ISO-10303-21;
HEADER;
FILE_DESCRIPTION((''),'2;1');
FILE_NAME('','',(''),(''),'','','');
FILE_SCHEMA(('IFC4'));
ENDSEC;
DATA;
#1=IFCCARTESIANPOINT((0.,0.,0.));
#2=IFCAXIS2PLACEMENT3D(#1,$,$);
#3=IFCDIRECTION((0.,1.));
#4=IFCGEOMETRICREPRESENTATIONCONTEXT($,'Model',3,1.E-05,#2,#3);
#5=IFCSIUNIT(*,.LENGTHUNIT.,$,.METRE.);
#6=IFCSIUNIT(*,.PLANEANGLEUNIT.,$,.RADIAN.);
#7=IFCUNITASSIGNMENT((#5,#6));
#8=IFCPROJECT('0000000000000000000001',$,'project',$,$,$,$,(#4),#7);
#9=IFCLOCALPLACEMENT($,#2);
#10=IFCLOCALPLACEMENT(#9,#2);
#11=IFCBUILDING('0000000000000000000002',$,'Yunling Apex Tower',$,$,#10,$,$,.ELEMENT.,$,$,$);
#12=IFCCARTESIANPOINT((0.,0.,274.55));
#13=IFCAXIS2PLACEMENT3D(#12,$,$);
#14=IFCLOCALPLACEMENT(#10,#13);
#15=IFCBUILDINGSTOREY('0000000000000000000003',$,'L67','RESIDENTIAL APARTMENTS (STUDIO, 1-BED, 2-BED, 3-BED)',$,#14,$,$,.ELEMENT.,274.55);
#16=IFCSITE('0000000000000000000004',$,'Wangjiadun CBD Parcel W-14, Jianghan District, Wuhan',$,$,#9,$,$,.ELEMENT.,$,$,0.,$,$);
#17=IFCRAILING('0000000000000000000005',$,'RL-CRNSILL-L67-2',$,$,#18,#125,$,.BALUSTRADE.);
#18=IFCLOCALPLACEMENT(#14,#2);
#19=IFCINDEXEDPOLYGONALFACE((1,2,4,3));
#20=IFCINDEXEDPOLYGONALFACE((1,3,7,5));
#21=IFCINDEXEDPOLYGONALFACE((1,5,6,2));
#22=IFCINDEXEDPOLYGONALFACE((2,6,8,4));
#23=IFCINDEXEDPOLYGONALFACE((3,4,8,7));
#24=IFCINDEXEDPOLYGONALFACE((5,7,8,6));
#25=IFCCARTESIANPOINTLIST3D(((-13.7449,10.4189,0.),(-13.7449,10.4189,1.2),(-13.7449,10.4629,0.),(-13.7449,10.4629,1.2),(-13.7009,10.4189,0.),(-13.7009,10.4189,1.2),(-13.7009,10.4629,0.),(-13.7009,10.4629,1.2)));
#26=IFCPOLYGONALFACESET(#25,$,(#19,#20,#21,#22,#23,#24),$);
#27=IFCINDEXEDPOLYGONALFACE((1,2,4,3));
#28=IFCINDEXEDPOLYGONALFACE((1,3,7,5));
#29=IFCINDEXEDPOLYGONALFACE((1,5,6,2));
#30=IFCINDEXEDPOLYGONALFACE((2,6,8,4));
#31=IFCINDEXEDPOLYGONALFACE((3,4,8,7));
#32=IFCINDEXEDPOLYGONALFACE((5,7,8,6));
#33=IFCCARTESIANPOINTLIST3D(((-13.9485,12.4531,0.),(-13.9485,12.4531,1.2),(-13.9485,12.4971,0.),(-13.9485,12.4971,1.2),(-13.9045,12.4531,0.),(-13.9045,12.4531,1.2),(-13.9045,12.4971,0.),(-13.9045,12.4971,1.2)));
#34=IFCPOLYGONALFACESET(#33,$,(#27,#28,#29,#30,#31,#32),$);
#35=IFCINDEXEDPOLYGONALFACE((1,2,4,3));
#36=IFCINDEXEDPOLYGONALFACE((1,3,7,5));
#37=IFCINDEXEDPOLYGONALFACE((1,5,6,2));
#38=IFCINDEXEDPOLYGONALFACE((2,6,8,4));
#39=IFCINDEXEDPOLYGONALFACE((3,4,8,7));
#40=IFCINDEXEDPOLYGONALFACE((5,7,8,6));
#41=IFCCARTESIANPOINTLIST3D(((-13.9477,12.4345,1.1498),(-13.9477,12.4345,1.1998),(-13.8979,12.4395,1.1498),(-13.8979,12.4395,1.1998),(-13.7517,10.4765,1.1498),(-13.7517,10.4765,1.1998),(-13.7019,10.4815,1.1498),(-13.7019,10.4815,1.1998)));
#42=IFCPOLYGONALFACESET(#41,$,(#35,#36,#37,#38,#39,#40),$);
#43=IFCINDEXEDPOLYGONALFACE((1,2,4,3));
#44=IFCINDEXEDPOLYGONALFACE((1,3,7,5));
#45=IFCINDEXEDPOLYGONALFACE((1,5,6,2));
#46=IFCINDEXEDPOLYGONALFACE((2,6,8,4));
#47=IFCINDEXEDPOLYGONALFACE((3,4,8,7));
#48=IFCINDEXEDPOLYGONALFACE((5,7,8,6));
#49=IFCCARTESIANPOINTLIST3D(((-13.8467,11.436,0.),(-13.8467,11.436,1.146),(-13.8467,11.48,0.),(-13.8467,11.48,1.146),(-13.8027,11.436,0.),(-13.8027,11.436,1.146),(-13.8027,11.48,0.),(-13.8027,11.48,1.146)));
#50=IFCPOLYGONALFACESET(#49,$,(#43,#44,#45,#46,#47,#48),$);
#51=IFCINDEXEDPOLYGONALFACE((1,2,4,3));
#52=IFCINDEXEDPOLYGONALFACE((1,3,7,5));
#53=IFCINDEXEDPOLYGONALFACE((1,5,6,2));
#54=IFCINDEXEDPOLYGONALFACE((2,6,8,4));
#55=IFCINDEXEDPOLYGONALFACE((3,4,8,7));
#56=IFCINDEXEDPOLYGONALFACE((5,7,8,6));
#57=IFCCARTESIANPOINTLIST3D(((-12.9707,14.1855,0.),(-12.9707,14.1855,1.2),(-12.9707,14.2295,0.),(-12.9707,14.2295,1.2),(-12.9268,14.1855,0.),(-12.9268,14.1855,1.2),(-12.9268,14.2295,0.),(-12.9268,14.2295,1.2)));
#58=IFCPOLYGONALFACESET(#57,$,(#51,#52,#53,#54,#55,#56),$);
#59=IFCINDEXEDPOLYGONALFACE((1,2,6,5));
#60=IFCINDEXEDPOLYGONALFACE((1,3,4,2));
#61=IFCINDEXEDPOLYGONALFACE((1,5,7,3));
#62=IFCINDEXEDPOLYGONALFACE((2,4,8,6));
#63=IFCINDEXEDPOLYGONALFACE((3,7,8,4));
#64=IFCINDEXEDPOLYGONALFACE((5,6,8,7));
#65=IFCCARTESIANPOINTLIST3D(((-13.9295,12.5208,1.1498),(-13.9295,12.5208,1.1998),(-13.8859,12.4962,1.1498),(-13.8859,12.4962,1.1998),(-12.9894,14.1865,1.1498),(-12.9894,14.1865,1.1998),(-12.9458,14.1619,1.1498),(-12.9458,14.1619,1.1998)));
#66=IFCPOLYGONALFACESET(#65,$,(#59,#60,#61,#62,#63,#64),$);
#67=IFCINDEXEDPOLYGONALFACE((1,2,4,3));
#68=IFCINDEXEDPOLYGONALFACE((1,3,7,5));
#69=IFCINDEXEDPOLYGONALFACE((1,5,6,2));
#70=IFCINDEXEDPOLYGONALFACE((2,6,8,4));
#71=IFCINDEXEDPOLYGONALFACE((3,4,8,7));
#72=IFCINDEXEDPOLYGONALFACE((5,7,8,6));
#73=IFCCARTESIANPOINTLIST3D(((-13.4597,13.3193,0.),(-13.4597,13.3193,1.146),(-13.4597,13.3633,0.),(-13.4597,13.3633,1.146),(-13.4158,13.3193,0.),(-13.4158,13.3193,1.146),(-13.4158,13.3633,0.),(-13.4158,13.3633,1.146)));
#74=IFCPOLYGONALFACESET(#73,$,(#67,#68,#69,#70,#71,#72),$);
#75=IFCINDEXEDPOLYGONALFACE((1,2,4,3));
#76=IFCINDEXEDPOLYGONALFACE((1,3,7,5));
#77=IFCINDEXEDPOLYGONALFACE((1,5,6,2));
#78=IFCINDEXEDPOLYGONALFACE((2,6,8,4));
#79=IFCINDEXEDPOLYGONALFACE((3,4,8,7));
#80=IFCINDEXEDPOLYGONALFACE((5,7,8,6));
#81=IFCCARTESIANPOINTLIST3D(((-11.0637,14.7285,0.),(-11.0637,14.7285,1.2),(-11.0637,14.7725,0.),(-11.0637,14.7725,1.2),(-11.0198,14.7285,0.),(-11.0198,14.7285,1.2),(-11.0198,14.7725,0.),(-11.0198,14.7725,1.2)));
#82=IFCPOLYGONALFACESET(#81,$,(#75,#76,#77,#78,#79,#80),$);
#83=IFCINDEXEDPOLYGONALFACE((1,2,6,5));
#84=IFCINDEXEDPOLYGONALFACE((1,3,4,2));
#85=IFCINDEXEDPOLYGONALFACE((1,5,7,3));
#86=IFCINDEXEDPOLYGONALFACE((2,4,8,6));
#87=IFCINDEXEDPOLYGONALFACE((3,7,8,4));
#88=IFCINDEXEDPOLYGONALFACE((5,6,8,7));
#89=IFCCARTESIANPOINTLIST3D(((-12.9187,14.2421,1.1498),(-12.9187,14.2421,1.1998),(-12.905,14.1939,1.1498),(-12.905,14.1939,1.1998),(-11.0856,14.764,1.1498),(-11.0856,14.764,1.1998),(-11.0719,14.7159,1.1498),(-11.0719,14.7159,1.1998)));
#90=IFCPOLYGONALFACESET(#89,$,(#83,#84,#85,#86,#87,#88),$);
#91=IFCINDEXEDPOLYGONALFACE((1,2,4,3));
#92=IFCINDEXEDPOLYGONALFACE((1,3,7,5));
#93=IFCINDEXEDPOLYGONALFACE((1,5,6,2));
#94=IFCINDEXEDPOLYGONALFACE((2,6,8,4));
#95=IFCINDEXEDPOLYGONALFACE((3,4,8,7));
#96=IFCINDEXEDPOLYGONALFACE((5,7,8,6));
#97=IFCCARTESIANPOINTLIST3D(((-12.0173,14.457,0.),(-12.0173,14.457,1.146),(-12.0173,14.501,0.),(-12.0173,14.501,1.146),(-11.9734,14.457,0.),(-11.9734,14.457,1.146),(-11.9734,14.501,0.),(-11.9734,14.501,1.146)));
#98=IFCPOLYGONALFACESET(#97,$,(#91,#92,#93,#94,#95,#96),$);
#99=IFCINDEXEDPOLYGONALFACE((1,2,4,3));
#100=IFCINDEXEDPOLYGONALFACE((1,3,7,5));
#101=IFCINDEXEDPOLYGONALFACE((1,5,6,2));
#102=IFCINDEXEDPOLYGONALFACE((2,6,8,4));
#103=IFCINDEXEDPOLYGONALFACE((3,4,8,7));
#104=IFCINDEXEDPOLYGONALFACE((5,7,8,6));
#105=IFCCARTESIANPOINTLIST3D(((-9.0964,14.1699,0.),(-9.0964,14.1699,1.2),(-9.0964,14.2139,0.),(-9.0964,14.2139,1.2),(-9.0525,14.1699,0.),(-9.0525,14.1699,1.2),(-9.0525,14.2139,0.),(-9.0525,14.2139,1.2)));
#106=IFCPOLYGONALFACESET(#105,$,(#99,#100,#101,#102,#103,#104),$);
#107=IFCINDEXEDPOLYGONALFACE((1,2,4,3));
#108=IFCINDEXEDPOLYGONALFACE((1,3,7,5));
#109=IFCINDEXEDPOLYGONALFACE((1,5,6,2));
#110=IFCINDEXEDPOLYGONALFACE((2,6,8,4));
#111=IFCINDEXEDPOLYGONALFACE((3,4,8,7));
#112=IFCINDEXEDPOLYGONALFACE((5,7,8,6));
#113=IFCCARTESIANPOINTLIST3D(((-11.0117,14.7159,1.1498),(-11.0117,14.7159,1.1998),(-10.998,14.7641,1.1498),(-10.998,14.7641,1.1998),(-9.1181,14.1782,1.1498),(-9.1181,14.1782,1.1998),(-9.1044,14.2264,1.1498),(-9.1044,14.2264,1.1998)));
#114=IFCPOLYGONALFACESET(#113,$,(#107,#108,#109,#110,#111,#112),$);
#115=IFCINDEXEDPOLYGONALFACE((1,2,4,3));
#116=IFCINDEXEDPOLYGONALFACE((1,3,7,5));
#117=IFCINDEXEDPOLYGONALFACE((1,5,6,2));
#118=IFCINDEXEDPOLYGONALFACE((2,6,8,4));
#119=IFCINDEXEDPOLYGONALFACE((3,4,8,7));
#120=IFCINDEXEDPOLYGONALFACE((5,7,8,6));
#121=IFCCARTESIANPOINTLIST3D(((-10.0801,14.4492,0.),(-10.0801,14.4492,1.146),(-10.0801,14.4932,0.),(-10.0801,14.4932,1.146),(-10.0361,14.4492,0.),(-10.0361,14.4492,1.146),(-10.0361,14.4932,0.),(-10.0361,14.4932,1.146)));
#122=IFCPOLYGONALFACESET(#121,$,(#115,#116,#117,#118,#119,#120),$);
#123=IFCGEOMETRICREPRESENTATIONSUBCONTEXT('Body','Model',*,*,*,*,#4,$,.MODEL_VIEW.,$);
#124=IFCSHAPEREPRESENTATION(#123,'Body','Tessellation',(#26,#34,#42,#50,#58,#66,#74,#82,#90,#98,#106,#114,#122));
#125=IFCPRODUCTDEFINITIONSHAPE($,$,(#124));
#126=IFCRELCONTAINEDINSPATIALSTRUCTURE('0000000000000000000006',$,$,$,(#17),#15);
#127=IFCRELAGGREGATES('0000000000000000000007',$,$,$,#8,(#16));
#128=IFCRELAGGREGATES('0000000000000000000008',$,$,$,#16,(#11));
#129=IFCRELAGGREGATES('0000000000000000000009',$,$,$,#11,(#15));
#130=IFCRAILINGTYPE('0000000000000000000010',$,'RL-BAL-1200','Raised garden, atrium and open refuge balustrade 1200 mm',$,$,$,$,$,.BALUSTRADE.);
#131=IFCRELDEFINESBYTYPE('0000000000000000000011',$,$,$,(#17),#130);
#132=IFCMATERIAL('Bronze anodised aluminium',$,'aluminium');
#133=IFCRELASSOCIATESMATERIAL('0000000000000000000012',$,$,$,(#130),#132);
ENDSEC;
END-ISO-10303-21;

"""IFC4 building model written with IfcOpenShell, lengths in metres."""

from ifc_helpers import new_model, si_unit, direction, frame, origin, origin_2d, place, context, subcontext, project, spatial, rectangle, extrude, material, type_object, element, save


model = new_model("IFC4")

# Units and contexts
model_context = context("Model", 3, precision=1e-05, world=origin(), true_north=direction((0.0, 1.0)))
body_context = subcontext(model_context, "Body", "Model", "MODEL_VIEW")
ifc_project = project(units=[si_unit("LENGTHUNIT", "METRE"), si_unit("PLANEANGLEUNIT", "RADIAN")], contexts=[model_context])

# Site, building, storey
site_placement = place(None, origin())
site = spatial("IfcSite", under=ifc_project, at=site_placement, Name="Wangjiadun CBD Parcel W-14, Jianghan District, Wuhan", CompositionType="ELEMENT", RefElevation=0.0)
building_placement = place(site_placement, origin())
building = spatial("IfcBuilding", under=site, at=building_placement, Name="Yunling Apex Tower", CompositionType="ELEMENT")
storey_placement = place(building_placement, frame((0.0, 0.0, 274.55)))
storey = spatial("IfcBuildingStorey", under=building, at=storey_placement, Name="L67", Description="RESIDENTIAL APARTMENTS (STUDIO, 1-BED, 2-BED, 3-BED)", CompositionType="ELEMENT", Elevation=274.55)

# Shared definitions
ifc_material_1 = material(Name="Bronze anodised aluminium", Category="aluminium")

# Railing
railing_type = type_object("IfcRailingType", Name="RL-BAL-1200", Description="Raised garden, atrium and open refuge balustrade 1200 mm", PredefinedType="BALUSTRADE", material=ifc_material_1)
railing_placement = place(storey_placement, frame((-13.7229, 10.4409, 0.0)))
element("IfcRailing", 1, at=railing_placement, inside=storey, type_object=railing_type, Name="RL-CRNSILL-L67-2", PredefinedType="BALUSTRADE", context=body_context, shape_type="SweptSolid", body=[
    extrude(rectangle(XDim=0.0439, YDim=0.0439, at=origin_2d()), origin(), (0.0, 0.0, 1.0), 1.2),
    extrude(rectangle(XDim=0.0439, YDim=0.0439, at=origin_2d()), frame((-0.2036, 2.0342, 0.0)), (0.0, 0.0, 1.0), 1.2),
    extrude(rectangle(XDim=0.05, YDim=0.05, at=origin_2d()), frame((-0.0039, 0.0381, 1.1748), z_axis=(-0.099598, 0.995028, 0.0), x_axis=(-0.995028, -0.099598, 0.0)), (0.0, 0.0, 1.0), 1.9678),
    extrude(rectangle(XDim=0.0439, YDim=0.0439, at=origin_2d()), frame((-0.1018, 1.0171, 0.0)), (0.0, 0.0, 1.0), 1.146),
    extrude(rectangle(XDim=0.0439, YDim=0.0439, at=origin_2d()), frame((0.7742, 3.7666, 0.0)), (0.0, 0.0, 1.0), 1.2),
    extrude(rectangle(XDim=0.05, YDim=0.05, at=origin_2d()), frame((-0.1848, 2.0676, 1.1748), z_axis=(0.491519, 0.870867, 0.0), x_axis=(-0.870867, 0.491519, 0.0)), (0.0, 0.0, 1.0), 1.9126),
    extrude(rectangle(XDim=0.0439, YDim=0.0439, at=origin_2d()), frame((0.2852, 2.9004, 0.0)), (0.0, 0.0, 1.0), 1.146),
    extrude(rectangle(XDim=0.0439, YDim=0.0439, at=origin_2d()), frame((2.6812, 4.3096, 0.0)), (0.0, 0.0, 1.0), 1.2),
    extrude(rectangle(XDim=0.05, YDim=0.05, at=origin_2d()), frame((0.811, 3.7771, 1.1748), z_axis=(0.961774, 0.273843, 0.0), x_axis=(-0.273843, 0.961774, 0.0)), (0.0, 0.0, 1.0), 1.906),
    extrude(rectangle(XDim=0.0439, YDim=0.0439, at=origin_2d()), frame((1.7275, 4.0381, 0.0)), (0.0, 0.0, 1.0), 1.146),
    extrude(rectangle(XDim=0.0439, YDim=0.0439, at=origin_2d()), frame((4.6484, 3.751, 0.0)), (0.0, 0.0, 1.0), 1.2),
    extrude(rectangle(XDim=0.05, YDim=0.05, at=origin_2d()), frame((2.718, 4.2991, 1.1748), z_axis=(0.961973, -0.273144, 0.0), x_axis=(0.273144, 0.961973, 0.0)), (0.0, 0.0, 1.0), 1.9685),
    extrude(rectangle(XDim=0.0439, YDim=0.0439, at=origin_2d()), frame((3.6648, 4.0303, 0.0)), (0.0, 0.0, 1.0), 1.146),
])

save(model, "model.ifc")
